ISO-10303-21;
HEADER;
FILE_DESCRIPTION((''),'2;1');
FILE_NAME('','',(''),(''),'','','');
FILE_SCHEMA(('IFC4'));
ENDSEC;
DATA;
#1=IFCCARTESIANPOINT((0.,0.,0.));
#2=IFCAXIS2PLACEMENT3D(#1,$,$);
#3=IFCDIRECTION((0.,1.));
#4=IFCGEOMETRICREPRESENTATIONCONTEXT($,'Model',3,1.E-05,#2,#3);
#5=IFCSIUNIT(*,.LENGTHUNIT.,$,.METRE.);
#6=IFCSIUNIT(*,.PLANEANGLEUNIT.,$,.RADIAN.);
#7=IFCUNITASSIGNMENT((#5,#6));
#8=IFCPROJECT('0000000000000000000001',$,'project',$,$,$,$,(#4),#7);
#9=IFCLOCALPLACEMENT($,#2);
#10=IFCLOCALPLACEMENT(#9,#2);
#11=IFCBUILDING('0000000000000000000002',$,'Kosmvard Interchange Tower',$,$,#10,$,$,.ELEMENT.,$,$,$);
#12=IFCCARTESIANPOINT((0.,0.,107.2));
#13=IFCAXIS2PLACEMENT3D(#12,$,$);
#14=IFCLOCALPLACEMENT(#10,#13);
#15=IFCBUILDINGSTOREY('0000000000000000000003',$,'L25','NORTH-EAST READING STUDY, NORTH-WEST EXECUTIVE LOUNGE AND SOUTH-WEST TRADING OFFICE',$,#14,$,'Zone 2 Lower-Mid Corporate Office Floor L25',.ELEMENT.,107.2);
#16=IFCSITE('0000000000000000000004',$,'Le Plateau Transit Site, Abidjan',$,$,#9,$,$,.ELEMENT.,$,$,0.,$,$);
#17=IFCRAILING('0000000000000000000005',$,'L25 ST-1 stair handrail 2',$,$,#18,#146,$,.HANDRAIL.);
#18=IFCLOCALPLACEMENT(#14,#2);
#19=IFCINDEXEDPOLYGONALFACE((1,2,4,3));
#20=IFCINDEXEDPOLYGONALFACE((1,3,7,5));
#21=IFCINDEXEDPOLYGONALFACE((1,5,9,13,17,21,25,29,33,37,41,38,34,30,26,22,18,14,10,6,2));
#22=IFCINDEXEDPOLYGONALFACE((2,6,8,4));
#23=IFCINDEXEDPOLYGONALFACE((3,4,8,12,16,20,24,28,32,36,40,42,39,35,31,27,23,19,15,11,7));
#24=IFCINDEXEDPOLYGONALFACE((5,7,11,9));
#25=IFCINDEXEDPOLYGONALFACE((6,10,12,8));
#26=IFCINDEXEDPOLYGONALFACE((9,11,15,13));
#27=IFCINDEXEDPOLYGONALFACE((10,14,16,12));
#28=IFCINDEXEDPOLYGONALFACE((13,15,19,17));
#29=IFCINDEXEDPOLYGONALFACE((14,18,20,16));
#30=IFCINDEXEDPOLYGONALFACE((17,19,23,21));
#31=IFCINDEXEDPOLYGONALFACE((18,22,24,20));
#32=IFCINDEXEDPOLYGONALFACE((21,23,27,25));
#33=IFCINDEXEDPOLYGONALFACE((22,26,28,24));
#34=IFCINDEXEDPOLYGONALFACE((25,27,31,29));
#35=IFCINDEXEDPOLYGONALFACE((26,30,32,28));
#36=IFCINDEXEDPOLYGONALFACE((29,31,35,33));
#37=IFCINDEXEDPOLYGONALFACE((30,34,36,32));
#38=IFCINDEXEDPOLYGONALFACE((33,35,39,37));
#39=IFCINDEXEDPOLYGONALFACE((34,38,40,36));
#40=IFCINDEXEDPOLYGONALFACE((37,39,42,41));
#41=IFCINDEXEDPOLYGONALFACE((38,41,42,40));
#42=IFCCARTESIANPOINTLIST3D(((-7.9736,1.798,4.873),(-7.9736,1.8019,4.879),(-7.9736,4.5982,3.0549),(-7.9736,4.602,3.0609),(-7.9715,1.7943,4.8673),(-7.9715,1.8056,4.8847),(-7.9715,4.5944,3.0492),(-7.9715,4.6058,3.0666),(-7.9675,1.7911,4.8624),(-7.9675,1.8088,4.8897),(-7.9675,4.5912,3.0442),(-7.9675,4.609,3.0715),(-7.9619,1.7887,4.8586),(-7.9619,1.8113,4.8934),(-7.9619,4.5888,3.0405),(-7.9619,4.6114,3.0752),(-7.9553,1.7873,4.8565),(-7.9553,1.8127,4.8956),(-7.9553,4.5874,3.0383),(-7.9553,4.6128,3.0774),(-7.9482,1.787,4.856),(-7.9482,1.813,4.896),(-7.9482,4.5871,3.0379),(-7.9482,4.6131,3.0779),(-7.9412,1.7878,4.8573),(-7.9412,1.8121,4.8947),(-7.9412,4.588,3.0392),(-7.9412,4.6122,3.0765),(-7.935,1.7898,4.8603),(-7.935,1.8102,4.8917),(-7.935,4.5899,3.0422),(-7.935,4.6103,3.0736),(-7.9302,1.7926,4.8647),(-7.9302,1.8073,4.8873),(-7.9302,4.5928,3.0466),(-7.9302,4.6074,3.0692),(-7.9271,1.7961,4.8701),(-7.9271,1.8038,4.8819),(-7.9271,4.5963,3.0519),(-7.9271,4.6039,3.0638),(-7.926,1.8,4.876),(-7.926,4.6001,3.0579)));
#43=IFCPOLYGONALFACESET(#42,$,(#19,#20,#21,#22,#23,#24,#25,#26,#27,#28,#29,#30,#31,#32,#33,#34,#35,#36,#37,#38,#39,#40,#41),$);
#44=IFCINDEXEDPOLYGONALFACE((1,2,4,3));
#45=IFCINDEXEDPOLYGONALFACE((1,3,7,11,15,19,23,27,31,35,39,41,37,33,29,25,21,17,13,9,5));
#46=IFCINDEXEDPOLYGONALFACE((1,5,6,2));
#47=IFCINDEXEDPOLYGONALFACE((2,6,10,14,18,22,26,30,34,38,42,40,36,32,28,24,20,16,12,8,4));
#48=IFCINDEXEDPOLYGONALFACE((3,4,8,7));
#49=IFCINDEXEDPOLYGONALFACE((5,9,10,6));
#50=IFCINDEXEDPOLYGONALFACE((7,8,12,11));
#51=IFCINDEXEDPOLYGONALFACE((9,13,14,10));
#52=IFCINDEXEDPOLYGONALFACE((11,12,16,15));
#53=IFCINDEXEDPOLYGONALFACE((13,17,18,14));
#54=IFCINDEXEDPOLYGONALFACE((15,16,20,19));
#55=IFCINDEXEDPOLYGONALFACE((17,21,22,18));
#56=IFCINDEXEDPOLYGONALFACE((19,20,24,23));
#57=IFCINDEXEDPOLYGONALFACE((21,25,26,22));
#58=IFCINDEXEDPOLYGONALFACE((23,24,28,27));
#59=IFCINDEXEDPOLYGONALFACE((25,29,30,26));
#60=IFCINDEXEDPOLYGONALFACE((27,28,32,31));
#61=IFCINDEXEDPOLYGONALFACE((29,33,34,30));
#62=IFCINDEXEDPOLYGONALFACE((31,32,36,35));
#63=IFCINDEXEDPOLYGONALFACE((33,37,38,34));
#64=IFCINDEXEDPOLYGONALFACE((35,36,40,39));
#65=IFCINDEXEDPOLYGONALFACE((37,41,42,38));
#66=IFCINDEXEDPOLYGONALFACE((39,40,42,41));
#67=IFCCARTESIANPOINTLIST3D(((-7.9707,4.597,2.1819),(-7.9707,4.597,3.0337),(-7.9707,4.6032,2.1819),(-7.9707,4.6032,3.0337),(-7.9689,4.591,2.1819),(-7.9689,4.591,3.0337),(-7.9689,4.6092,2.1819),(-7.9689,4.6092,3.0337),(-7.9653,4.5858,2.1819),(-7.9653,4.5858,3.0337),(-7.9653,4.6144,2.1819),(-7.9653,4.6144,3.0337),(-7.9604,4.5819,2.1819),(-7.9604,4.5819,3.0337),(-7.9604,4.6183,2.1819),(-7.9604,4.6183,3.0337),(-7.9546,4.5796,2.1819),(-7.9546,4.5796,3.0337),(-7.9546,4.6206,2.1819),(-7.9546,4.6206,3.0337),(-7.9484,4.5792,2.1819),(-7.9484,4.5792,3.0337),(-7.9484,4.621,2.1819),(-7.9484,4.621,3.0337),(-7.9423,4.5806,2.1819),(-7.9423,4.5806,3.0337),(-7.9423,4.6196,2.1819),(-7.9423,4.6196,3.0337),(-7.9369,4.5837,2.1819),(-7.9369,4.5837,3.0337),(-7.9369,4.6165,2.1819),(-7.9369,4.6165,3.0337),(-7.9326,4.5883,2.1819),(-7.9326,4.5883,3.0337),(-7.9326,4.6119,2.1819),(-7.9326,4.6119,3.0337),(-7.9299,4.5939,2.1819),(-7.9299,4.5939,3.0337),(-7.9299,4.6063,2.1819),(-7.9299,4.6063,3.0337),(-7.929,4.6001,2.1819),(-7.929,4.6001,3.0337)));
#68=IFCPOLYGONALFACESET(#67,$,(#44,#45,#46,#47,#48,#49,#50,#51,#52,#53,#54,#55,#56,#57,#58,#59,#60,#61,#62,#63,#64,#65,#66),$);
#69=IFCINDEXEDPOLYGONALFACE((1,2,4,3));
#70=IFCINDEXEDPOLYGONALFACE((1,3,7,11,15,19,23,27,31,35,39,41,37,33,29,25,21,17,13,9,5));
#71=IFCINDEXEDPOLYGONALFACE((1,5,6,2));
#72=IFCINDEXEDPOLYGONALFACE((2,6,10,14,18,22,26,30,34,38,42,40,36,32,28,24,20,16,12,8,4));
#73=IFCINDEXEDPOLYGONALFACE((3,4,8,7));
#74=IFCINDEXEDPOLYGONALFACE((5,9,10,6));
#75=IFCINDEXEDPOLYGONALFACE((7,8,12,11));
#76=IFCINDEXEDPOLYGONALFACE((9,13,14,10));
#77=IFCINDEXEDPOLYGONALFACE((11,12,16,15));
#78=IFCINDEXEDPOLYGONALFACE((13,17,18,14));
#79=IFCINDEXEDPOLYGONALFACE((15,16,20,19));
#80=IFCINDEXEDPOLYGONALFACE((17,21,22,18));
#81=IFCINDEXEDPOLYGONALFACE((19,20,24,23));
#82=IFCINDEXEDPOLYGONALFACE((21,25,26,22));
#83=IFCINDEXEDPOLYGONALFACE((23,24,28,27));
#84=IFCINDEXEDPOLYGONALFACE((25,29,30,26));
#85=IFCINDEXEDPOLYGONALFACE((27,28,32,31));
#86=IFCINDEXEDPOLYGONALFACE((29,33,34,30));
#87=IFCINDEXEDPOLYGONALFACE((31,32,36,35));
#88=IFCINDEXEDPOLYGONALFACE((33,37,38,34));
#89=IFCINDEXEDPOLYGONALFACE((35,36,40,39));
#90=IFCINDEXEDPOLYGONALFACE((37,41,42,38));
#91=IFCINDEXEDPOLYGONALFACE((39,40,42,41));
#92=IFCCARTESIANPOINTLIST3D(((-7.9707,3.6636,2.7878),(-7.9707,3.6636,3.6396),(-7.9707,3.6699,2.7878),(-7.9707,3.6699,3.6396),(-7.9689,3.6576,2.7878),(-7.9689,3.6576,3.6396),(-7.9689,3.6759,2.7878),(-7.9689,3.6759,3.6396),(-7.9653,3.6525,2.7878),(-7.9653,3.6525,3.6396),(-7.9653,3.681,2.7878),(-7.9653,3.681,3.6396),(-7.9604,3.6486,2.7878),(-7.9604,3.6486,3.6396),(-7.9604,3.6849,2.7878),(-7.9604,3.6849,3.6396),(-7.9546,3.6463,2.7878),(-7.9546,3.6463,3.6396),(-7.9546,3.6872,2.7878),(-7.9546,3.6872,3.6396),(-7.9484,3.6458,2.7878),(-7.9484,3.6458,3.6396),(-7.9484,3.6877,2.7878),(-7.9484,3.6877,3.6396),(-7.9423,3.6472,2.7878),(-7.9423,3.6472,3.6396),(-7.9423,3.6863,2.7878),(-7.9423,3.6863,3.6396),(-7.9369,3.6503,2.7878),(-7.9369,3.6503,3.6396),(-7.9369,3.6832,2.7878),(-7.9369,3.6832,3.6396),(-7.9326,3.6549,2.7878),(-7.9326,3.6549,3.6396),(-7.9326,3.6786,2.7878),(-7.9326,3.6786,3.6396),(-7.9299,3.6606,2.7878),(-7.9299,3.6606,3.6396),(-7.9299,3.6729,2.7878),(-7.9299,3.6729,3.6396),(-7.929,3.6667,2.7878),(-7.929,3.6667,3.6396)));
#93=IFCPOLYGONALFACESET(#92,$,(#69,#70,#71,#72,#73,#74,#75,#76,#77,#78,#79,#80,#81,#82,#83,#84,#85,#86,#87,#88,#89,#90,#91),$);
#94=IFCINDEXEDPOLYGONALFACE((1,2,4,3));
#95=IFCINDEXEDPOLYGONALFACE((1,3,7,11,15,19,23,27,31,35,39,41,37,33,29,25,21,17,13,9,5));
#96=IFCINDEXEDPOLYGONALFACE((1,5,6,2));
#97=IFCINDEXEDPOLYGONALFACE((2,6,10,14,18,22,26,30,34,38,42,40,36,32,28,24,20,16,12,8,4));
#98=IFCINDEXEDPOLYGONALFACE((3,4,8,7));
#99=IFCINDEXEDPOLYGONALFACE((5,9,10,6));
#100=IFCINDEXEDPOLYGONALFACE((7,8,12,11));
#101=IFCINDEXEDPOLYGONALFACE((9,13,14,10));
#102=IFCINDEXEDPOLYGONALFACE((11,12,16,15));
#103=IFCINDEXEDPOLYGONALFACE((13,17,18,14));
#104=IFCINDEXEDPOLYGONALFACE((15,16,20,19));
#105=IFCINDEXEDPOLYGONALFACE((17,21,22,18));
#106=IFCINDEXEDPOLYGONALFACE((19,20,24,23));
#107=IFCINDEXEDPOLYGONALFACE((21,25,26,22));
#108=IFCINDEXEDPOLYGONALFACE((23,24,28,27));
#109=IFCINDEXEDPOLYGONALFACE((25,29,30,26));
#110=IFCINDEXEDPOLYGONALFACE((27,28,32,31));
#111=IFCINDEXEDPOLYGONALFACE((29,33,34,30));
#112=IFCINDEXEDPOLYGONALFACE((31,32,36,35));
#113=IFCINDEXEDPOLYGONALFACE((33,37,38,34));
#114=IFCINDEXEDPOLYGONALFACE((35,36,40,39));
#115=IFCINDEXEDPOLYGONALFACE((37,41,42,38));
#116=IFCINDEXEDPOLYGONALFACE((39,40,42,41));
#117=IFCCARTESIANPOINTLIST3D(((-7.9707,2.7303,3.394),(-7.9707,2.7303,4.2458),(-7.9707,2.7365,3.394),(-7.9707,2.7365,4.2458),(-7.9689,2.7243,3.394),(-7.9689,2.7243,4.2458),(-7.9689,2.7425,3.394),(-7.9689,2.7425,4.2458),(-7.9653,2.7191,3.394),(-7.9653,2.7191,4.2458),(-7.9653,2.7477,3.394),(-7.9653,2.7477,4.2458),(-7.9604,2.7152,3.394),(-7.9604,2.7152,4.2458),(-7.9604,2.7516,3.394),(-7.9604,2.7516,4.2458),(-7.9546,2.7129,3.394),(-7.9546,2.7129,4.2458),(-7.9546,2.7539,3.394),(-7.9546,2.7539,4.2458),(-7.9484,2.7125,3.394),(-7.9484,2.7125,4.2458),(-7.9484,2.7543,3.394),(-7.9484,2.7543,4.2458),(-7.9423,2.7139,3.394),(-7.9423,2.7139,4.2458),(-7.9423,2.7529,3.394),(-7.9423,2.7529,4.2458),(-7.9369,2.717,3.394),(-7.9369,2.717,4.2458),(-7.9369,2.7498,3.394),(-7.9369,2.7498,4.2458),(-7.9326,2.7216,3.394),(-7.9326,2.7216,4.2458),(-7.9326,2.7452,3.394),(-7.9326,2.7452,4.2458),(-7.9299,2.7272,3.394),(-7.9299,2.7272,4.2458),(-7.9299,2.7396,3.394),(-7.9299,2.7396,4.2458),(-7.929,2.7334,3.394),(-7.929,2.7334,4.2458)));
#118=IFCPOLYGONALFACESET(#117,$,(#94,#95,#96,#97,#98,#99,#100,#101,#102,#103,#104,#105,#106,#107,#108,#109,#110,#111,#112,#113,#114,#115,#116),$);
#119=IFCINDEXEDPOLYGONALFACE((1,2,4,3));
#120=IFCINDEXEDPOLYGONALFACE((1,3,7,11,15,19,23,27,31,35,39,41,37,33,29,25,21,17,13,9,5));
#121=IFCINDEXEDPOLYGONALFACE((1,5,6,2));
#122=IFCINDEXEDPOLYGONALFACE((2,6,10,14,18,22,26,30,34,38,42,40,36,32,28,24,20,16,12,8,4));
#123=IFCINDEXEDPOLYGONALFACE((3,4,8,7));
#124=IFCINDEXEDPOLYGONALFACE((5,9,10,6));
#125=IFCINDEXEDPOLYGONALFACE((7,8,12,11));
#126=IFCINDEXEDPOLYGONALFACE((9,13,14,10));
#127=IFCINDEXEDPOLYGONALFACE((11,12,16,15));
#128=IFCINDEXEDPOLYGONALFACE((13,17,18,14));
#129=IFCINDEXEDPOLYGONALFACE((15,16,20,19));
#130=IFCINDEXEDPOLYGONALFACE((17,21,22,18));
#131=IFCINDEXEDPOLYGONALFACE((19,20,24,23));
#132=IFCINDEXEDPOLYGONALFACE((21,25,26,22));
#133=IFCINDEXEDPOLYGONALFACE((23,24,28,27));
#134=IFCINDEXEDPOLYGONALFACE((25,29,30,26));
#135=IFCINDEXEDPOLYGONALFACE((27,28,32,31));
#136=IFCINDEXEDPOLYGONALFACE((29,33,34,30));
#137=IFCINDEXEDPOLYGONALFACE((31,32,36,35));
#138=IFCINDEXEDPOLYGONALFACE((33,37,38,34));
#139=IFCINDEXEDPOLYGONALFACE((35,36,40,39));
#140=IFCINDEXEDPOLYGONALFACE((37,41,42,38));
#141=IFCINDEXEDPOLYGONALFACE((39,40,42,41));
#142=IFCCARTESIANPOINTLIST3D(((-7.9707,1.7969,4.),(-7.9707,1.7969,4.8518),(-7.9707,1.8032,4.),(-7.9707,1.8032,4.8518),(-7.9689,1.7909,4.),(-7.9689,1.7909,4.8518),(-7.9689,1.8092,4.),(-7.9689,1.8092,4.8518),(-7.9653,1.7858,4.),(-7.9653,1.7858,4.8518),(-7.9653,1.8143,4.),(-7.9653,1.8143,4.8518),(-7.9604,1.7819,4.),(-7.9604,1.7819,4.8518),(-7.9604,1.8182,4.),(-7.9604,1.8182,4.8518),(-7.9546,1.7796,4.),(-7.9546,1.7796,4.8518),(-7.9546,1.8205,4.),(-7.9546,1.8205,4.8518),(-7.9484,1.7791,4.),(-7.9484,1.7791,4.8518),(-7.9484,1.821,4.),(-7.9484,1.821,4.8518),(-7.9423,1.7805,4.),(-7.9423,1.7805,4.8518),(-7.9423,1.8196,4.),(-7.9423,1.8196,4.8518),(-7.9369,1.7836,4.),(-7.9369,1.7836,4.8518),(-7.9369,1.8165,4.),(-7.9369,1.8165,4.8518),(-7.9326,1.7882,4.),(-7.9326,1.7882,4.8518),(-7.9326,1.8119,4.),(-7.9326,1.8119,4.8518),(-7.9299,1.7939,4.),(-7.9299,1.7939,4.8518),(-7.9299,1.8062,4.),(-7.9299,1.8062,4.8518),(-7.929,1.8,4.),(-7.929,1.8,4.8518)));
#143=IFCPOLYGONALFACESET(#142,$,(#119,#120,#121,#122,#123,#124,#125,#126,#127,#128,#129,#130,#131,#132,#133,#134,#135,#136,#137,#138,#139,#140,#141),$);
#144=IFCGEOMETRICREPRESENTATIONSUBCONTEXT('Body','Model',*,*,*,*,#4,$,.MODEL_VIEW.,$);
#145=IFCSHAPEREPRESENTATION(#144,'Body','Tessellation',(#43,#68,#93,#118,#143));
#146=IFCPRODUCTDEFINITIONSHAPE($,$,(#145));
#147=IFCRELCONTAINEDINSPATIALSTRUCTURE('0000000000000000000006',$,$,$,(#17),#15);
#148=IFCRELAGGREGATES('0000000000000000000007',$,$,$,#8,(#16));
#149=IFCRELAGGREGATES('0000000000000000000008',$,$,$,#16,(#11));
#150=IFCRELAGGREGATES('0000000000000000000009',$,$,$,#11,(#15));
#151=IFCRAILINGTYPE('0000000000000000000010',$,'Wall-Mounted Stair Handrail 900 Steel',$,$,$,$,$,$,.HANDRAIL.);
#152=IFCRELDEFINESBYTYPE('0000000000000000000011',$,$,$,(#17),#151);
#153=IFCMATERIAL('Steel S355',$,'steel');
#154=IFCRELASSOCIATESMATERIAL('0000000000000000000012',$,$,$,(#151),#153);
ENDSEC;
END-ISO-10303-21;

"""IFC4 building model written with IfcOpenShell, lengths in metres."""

from ifc_helpers import new_model, si_unit, direction, frame, origin, origin_2d, place, context, subcontext, project, spatial, circle, extrude, source, transform, mapped, material, type_object, element, save


model = new_model("IFC4")

# Units and contexts
model_context = context("Model", 3, precision=1e-05, world=origin(), true_north=direction((0.0, 1.0)))
body_context = subcontext(model_context, "Body", "Model", "MODEL_VIEW")
ifc_project = project(units=[si_unit("LENGTHUNIT", "METRE"), si_unit("PLANEANGLEUNIT", "RADIAN")], contexts=[model_context])

# Site, building, storey
site_placement = place(None, origin())
site = spatial("IfcSite", under=ifc_project, at=site_placement, Name="Le Plateau Transit Site, Abidjan", CompositionType="ELEMENT", RefElevation=0.0)
building_placement = place(site_placement, origin())
building = spatial("IfcBuilding", under=site, at=building_placement, Name="Kosmvard Interchange Tower", CompositionType="ELEMENT")
storey_placement = place(building_placement, frame((0.0, 0.0, 107.2)))
storey = spatial("IfcBuildingStorey", under=building, at=storey_placement, Name="L25", Description="NORTH-EAST READING STUDY, NORTH-WEST EXECUTIVE LOUNGE AND SOUTH-WEST TRADING OFFICE", LongName="Zone 2 Lower-Mid Corporate Office Floor L25", CompositionType="ELEMENT", Elevation=107.2)

# Shared definitions
ifc_material_1 = material(Name="Steel S355", Category="steel")

# Railing
railing_type_1 = type_object("IfcRailingType", Name="Wall-Mounted Stair Handrail 900 Steel", PredefinedType="HANDRAIL", material=ifc_material_1)
shared_shape_1 = source(origin(), body_context, "Body", "SweptSolid", [
    extrude(circle(Radius=0.0239, at=origin_2d()), frame((0.0, 0.0, 0.876), z_axis=(0.0, -0.838706, 0.544585), x_axis=(1.0, 0.0, 0.0)), (0.0, 0.0, 1.0), 3.3386),
    extrude(circle(Radius=0.021, at=origin_2d()), origin(), (0.0, 0.0, 1.0), 0.8518),
    extrude(circle(Radius=0.021, at=origin_2d()), frame((0.0, -0.9333, 0.606)), (0.0, 0.0, 1.0), 0.8518),
    extrude(circle(Radius=0.021, at=origin_2d()), frame((0.0, -1.8667, 1.2122)), (0.0, 0.0, 1.0), 0.8518),
    extrude(circle(Radius=0.021, at=origin_2d()), frame((0.0, -2.8, 1.8181)), (0.0, 0.0, 1.0), 0.8518),
])
railing_1_placement = place(storey_placement, frame((-7.95, 4.6001, 2.1819)))
element("IfcRailing", 1, at=railing_1_placement, inside=storey, type_object=railing_type_1, Name="L25 ST-1 stair handrail 2", PredefinedType="HANDRAIL", context=body_context, shape_type="MappedRepresentation", body=[
    mapped(shared_shape_1, transform((0.0, 0.0, 0.0), scale=1.0)),
])

save(model, "model.ifc")
